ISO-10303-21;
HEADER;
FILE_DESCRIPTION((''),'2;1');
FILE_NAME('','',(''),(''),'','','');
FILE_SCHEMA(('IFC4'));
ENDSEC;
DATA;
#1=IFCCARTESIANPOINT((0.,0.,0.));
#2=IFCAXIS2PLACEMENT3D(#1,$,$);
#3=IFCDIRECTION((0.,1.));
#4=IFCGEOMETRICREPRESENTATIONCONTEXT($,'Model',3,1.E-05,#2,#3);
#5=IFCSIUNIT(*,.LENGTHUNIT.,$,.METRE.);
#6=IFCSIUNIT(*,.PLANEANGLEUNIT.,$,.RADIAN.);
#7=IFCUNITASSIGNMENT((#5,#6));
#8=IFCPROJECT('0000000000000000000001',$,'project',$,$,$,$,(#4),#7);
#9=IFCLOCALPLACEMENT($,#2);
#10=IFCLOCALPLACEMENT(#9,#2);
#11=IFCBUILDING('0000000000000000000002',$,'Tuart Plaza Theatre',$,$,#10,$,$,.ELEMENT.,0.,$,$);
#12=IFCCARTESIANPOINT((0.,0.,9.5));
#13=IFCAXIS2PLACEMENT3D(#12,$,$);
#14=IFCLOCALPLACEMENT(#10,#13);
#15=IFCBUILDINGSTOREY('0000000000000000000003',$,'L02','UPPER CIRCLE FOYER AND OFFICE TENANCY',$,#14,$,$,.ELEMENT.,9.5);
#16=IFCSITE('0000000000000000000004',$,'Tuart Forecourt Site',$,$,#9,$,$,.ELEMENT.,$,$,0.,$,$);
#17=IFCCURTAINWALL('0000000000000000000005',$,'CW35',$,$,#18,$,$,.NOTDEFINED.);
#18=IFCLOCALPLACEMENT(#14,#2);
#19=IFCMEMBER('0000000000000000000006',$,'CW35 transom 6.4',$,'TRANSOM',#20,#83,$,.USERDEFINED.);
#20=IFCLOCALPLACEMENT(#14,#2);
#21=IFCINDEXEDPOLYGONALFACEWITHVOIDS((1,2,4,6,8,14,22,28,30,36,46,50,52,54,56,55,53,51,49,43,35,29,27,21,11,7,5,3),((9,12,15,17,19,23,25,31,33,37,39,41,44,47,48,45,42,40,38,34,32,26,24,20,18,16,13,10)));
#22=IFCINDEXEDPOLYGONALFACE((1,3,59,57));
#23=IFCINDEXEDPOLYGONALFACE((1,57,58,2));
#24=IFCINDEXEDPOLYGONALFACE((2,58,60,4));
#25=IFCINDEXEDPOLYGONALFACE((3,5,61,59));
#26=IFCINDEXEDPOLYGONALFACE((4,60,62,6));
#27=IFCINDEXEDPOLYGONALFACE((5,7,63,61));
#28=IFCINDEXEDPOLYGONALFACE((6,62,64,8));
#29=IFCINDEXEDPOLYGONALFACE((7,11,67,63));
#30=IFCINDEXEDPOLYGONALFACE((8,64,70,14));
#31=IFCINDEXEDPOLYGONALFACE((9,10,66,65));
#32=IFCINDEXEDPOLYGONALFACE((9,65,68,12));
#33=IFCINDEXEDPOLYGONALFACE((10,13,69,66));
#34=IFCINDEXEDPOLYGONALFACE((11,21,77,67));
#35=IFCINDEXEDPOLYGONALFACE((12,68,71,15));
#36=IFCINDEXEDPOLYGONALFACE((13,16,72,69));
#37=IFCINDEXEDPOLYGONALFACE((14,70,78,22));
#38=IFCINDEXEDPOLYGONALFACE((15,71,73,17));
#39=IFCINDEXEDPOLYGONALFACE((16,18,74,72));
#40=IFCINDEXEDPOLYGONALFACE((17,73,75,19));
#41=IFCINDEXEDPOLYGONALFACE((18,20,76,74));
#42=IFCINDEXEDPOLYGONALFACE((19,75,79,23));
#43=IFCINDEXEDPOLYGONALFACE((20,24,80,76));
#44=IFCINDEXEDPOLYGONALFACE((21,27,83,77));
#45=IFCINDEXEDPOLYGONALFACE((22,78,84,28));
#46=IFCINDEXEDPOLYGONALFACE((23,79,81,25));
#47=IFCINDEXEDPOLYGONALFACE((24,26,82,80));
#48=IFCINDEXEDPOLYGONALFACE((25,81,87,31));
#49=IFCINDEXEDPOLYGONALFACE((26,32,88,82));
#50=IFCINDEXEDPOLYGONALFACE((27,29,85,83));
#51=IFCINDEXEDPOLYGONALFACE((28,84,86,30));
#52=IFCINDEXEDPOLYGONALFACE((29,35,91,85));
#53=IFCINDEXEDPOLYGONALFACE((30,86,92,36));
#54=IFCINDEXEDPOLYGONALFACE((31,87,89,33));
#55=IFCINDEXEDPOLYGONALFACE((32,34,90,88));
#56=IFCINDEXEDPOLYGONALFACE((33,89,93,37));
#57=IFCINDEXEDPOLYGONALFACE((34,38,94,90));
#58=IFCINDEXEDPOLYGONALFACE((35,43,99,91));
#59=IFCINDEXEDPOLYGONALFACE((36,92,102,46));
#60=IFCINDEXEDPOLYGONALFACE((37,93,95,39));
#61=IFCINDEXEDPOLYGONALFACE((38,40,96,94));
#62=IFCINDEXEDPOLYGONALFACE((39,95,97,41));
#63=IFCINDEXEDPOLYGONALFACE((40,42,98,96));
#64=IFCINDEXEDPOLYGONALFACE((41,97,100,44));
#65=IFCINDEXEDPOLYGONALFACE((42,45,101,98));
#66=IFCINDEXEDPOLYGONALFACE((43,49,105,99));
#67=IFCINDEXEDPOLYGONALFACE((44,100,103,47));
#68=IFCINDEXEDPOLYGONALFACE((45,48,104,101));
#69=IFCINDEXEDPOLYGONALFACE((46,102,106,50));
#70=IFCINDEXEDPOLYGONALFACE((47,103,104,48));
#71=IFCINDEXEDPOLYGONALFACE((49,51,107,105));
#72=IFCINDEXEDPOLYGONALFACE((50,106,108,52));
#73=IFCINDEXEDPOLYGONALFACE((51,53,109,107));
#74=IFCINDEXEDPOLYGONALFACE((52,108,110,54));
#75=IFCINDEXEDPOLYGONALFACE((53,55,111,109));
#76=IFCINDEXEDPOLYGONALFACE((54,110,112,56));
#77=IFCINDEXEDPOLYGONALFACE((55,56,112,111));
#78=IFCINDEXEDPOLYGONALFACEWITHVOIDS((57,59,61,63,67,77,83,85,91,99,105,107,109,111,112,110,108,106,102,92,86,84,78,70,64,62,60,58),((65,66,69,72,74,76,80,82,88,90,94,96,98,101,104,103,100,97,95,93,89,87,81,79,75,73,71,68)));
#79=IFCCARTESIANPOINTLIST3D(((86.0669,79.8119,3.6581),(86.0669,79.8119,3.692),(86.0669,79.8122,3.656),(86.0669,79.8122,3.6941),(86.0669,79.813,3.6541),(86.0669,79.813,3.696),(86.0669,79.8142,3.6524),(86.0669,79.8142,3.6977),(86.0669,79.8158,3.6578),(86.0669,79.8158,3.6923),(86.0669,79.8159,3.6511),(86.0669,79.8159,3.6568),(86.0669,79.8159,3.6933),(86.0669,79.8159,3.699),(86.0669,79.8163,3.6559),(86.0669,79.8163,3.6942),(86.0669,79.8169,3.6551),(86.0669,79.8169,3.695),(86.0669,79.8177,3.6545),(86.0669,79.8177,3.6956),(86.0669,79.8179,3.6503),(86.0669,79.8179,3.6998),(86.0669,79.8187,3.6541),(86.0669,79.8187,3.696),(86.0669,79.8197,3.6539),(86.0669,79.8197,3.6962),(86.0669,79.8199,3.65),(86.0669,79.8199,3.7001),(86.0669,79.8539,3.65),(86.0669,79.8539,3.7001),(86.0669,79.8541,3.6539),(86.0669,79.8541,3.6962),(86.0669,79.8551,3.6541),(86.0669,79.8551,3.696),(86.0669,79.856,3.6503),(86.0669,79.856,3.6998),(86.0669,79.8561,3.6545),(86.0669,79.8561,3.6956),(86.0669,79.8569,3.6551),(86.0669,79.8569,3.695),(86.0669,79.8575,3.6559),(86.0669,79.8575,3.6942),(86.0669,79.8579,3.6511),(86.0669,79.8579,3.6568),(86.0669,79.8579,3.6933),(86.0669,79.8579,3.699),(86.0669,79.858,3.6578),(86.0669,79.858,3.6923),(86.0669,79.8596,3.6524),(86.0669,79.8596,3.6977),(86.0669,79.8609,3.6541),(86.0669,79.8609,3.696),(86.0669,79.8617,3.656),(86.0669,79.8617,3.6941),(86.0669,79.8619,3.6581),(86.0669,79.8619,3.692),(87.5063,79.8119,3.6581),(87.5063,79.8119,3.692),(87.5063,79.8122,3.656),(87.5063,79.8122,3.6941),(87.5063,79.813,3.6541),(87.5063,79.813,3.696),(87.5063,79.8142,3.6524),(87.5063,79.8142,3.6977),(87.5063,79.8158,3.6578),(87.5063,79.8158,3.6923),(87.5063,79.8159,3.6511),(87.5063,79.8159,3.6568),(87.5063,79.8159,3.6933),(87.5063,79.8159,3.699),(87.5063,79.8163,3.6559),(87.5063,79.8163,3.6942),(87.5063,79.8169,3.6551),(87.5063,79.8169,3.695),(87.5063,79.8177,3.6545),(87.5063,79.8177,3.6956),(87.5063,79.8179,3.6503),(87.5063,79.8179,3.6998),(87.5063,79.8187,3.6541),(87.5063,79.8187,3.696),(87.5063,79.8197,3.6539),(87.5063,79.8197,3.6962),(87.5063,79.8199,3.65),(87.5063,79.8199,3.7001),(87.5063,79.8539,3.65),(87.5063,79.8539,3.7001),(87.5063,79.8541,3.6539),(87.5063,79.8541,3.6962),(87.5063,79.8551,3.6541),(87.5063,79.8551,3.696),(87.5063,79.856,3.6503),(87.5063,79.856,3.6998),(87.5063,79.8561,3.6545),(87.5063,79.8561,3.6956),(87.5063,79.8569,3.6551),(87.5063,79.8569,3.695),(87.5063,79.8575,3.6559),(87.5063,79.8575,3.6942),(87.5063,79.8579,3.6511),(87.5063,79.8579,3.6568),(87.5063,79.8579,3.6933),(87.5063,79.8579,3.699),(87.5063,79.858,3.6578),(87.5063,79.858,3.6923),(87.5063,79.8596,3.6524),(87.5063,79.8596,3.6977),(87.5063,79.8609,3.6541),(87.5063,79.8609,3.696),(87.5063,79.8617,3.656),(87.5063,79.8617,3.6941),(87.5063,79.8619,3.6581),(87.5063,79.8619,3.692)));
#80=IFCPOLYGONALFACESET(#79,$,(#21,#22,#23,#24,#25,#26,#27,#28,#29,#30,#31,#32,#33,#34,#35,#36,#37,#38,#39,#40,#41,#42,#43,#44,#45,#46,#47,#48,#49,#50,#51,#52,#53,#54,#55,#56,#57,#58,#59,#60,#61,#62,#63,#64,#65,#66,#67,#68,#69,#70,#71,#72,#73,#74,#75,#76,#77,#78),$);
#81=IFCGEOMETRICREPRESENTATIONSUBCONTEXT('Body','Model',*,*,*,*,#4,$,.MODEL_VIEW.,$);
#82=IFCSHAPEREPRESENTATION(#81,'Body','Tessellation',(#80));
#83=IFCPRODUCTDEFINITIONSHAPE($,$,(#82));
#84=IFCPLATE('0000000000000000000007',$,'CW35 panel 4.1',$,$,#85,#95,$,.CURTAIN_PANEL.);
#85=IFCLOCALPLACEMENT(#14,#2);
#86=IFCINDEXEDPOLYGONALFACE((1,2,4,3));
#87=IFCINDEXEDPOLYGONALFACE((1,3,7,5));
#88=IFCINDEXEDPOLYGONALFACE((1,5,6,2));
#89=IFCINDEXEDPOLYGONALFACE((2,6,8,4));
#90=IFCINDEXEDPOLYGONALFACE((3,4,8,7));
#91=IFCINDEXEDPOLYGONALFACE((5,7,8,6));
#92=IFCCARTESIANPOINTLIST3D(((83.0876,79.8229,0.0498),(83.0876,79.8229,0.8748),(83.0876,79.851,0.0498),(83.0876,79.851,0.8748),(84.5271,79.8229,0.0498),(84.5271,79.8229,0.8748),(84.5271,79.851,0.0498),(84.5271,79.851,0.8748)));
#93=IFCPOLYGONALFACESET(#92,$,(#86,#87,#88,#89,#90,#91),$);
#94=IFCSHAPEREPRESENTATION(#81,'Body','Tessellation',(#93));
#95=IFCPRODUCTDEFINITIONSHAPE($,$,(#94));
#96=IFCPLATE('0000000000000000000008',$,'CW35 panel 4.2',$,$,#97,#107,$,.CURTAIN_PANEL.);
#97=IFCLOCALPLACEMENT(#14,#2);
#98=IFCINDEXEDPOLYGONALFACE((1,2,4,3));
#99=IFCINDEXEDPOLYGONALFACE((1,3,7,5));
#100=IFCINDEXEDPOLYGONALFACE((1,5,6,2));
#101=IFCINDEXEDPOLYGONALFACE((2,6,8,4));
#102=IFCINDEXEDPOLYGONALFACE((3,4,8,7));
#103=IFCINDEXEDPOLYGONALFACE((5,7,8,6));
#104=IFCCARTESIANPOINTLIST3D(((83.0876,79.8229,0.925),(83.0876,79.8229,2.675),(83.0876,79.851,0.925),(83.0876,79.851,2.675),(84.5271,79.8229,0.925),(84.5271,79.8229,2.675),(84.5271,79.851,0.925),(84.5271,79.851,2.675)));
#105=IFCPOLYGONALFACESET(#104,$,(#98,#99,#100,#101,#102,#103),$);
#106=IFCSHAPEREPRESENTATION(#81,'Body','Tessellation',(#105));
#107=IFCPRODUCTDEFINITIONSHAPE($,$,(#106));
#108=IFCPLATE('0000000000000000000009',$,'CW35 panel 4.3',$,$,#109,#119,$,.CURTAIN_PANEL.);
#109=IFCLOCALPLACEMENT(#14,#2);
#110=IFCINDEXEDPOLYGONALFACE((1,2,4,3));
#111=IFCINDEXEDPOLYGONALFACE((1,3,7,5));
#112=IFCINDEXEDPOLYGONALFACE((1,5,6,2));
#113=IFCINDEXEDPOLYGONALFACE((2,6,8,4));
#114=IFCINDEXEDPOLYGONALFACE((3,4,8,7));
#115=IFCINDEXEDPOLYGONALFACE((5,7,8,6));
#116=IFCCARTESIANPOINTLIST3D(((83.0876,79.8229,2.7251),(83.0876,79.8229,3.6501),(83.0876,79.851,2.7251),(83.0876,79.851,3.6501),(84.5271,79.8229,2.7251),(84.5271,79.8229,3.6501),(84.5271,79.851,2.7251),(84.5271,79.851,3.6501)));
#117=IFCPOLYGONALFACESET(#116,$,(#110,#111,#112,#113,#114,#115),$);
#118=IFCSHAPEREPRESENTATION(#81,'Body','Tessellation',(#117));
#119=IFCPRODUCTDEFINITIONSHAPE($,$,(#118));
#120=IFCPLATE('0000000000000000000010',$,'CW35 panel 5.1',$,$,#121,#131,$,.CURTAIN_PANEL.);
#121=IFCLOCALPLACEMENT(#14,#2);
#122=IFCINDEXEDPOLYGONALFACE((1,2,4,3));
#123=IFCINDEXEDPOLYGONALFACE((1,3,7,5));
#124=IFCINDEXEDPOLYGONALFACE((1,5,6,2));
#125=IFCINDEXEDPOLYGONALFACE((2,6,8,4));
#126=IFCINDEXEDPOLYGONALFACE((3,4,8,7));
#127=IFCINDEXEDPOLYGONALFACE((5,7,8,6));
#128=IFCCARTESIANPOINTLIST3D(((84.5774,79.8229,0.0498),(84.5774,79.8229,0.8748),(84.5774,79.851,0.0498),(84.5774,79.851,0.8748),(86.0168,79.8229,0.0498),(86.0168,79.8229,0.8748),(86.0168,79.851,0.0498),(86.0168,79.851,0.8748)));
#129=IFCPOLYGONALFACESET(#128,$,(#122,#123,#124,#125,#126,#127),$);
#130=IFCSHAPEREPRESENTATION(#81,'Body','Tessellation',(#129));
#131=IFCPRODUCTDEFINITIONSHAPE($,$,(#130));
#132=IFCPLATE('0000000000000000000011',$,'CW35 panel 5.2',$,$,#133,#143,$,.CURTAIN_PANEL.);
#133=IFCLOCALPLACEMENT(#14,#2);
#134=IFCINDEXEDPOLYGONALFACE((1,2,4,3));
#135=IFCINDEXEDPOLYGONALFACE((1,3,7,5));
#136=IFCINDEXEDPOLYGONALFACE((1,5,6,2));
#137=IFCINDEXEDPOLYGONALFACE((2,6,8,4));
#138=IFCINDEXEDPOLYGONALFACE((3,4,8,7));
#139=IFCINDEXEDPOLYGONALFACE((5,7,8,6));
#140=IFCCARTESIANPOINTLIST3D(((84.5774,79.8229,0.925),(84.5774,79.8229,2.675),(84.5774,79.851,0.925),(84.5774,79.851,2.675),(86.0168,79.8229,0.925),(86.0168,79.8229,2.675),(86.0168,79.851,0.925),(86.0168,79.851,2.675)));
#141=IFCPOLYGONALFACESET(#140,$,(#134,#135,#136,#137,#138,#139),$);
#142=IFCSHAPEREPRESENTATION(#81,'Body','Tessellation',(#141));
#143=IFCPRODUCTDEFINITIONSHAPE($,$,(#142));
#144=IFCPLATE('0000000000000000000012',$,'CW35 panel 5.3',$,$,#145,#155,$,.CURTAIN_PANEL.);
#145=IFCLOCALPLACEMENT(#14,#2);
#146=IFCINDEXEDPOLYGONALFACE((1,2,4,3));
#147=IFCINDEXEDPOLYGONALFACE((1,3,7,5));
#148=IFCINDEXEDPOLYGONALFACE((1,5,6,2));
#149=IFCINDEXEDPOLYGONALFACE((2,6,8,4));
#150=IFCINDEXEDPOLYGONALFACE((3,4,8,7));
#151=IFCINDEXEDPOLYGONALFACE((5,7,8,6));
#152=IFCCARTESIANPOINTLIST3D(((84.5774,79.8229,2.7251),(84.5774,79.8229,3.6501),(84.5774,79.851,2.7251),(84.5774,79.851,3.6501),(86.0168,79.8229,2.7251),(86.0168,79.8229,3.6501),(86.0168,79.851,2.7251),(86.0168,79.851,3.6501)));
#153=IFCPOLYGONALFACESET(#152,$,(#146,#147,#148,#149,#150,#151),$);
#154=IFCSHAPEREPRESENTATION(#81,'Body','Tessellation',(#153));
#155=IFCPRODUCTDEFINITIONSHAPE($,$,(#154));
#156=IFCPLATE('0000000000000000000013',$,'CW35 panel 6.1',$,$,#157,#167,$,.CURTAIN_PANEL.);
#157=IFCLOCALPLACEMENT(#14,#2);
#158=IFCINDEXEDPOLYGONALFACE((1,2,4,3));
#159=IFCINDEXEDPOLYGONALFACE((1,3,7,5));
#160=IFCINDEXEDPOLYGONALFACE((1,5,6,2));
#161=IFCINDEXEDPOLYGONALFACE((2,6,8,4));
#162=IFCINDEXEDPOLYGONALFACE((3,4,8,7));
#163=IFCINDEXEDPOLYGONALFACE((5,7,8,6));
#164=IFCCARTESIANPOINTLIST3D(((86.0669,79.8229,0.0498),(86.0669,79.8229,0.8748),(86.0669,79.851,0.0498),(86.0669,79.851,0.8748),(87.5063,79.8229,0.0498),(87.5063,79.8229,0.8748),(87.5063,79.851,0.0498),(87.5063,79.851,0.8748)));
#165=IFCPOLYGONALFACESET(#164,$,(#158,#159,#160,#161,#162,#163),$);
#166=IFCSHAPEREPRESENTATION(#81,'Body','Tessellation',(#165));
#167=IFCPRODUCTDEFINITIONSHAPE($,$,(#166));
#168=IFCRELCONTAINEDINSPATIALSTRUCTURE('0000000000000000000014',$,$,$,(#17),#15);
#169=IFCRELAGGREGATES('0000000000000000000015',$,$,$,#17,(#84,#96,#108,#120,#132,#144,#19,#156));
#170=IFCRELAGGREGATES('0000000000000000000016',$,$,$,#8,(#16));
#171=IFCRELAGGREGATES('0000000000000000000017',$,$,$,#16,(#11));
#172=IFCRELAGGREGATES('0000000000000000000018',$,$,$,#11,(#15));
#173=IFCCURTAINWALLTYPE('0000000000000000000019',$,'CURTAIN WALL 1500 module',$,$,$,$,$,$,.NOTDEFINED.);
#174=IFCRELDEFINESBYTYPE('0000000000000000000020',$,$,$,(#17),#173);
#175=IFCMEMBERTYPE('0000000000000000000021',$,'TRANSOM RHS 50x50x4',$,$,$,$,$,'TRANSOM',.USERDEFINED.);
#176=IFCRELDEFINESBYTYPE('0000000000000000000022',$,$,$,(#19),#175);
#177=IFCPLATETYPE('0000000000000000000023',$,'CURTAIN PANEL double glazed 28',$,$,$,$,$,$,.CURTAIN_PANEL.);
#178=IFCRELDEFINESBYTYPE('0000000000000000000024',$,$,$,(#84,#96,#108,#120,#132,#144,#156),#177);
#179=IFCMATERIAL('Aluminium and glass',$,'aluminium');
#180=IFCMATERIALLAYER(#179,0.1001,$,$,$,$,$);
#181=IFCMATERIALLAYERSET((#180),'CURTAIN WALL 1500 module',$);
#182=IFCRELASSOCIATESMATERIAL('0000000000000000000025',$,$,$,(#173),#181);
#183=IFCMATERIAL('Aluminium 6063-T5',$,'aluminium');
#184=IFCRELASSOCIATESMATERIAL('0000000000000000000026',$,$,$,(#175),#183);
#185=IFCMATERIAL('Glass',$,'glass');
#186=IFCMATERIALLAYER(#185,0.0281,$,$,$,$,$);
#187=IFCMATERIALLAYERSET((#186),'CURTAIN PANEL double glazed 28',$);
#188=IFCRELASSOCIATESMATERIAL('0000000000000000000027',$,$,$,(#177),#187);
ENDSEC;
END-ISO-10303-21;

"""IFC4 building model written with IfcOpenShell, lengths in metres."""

from ifc_helpers import new_model, si_unit, direction, frame, origin, origin_2d, place, context, subcontext, project, spatial, rectangle, hollow_rectangle, extrude, material, layer, layer_set, material_profile, profile_set, type_object, element, aggregate, save


model = new_model("IFC4")

# Units and contexts
model_context = context("Model", 3, precision=1e-05, world=origin(), true_north=direction((0.0, 1.0)))
body_context = subcontext(model_context, "Body", "Model", "MODEL_VIEW")
ifc_project = project(units=[si_unit("LENGTHUNIT", "METRE"), si_unit("PLANEANGLEUNIT", "RADIAN")], contexts=[model_context])

# Site, building, storey
site_placement = place(None, origin())
site = spatial("IfcSite", under=ifc_project, at=site_placement, Name="Tuart Forecourt Site", CompositionType="ELEMENT", RefElevation=0.0)
building_placement = place(site_placement, origin())
building = spatial("IfcBuilding", under=site, at=building_placement, Name="Tuart Plaza Theatre", CompositionType="ELEMENT", ElevationOfRefHeight=0.0)
storey_placement = place(building_placement, frame((0.0, 0.0, 9.5)))
storey = spatial("IfcBuildingStorey", under=building, at=storey_placement, Name="L02", Description="UPPER CIRCLE FOYER AND OFFICE TENANCY", CompositionType="ELEMENT", Elevation=9.5)

# Curtain wall, member, plates
ifc_material_1 = material(Name="Aluminium and glass", Category="aluminium")
ifc_layer_1 = layer(ifc_material_1, 0.1001)
ifc_layer_set_1 = layer_set([ifc_layer_1], Name="CURTAIN WALL 1500 module")
curtain_wall_type = type_object("IfcCurtainWallType", Name="CURTAIN WALL 1500 module", PredefinedType="NOTDEFINED", material=ifc_layer_set_1)
curtain_wall_placement = place(storey_placement, origin())
curtain_wall = element("IfcCurtainWall", 1, at=curtain_wall_placement, inside=storey, type_object=curtain_wall_type, Name="CW35", PredefinedType="NOTDEFINED")
ifc_material_2 = material(Name="Aluminium 6063-T5", Category="aluminium")
ifc_material_profile_1 = material_profile(ifc_material_2, hollow_rectangle(XDim=0.05, YDim=0.05, WallThickness=0.0039, InnerFilletRadius=0.0039, OuterFilletRadius=0.0081, at=origin_2d()), Name="RHS 50x50x4")
ifc_profile_set_1 = profile_set([ifc_material_profile_1], Name="Aluminium 6063-T5")
member_type_1 = type_object("IfcMemberType", Name="TRANSOM RHS 50x50x4", ElementType="TRANSOM", PredefinedType="USERDEFINED", material=ifc_profile_set_1)
member_1_placement = place(storey_placement, frame((86.0669, 79.8369, 3.675), z_axis=(1.0, 0.0, 0.0), x_axis=(0.0, 1.0, 0.0)))
member_1 = element("IfcMember", 2, at=member_1_placement, type_object=member_type_1, Name="CW35 transom 6.4", ObjectType="TRANSOM", PredefinedType="USERDEFINED", context=body_context, shape_type="SweptSolid", body=[
    extrude(hollow_rectangle(XDim=0.05, YDim=0.05, WallThickness=0.0039, InnerFilletRadius=0.0039, OuterFilletRadius=0.0081, at=origin_2d()), origin(), (0.0, 0.0, 1.0), 1.4395),
])
ifc_material_3 = material(Name="Glass", Category="glass")
ifc_layer_2 = layer(ifc_material_3, 0.0281)
ifc_layer_set_2 = layer_set([ifc_layer_2], Name="CURTAIN PANEL double glazed 28")
plate_type = type_object("IfcPlateType", Name="CURTAIN PANEL double glazed 28", PredefinedType="CURTAIN_PANEL", material=ifc_layer_set_2)
plate_1_placement = place(storey_placement, frame((83.8074, 79.8369, 0.0498), z_axis=(0.0, 0.0, 1.0), x_axis=(1.0, 0.0, 0.0)))
plate_1 = element("IfcPlate", 3, at=plate_1_placement, type_object=plate_type, Name="CW35 panel 4.1", PredefinedType="CURTAIN_PANEL", context=body_context, shape_type="SweptSolid", body=[
    extrude(rectangle(XDim=1.4395, YDim=0.0281, at=origin_2d()), origin(), (0.0, 0.0, 1.0), 0.825),
])
plate_2_placement = place(storey_placement, frame((83.8074, 79.8369, 0.925), z_axis=(0.0, 0.0, 1.0), x_axis=(1.0, 0.0, 0.0)))
plate_2 = element("IfcPlate", 4, at=plate_2_placement, type_object=plate_type, Name="CW35 panel 4.2", PredefinedType="CURTAIN_PANEL", context=body_context, shape_type="SweptSolid", body=[
    extrude(rectangle(XDim=1.4395, YDim=0.0281, at=origin_2d()), origin(), (0.0, 0.0, 1.0), 1.75),
])
plate_3_placement = place(storey_placement, frame((83.8074, 79.8369, 2.7251), z_axis=(0.0, 0.0, 1.0), x_axis=(1.0, 0.0, 0.0)))
plate_3 = element("IfcPlate", 5, at=plate_3_placement, type_object=plate_type, Name="CW35 panel 4.3", PredefinedType="CURTAIN_PANEL", context=body_context, shape_type="SweptSolid", body=[
    extrude(rectangle(XDim=1.4395, YDim=0.0281, at=origin_2d()), origin(), (0.0, 0.0, 1.0), 0.925),
])
plate_4_placement = place(storey_placement, frame((85.2971, 79.8369, 0.0498), z_axis=(0.0, 0.0, 1.0), x_axis=(1.0, 0.0, 0.0)))
plate_4 = element("IfcPlate", 6, at=plate_4_placement, type_object=plate_type, Name="CW35 panel 5.1", PredefinedType="CURTAIN_PANEL", context=body_context, shape_type="SweptSolid", body=[
    extrude(rectangle(XDim=1.4395, YDim=0.0281, at=origin_2d()), origin(), (0.0, 0.0, 1.0), 0.825),
])
plate_5_placement = place(storey_placement, frame((85.2971, 79.8369, 0.925), z_axis=(0.0, 0.0, 1.0), x_axis=(1.0, 0.0, 0.0)))
plate_5 = element("IfcPlate", 7, at=plate_5_placement, type_object=plate_type, Name="CW35 panel 5.2", PredefinedType="CURTAIN_PANEL", context=body_context, shape_type="SweptSolid", body=[
    extrude(rectangle(XDim=1.4395, YDim=0.0281, at=origin_2d()), origin(), (0.0, 0.0, 1.0), 1.75),
])
plate_6_placement = place(storey_placement, frame((85.2971, 79.8369, 2.7251), z_axis=(0.0, 0.0, 1.0), x_axis=(1.0, 0.0, 0.0)))
plate_6 = element("IfcPlate", 8, at=plate_6_placement, type_object=plate_type, Name="CW35 panel 5.3", PredefinedType="CURTAIN_PANEL", context=body_context, shape_type="SweptSolid", body=[
    extrude(rectangle(XDim=1.4395, YDim=0.0281, at=origin_2d()), origin(), (0.0, 0.0, 1.0), 0.925),
])
plate_7_placement = place(storey_placement, frame((86.7866, 79.8369, 0.0498), z_axis=(0.0, 0.0, 1.0), x_axis=(1.0, 0.0, 0.0)))
plate_7 = element("IfcPlate", 9, at=plate_7_placement, type_object=plate_type, Name="CW35 panel 6.1", PredefinedType="CURTAIN_PANEL", context=body_context, shape_type="SweptSolid", body=[
    extrude(rectangle(XDim=1.4395, YDim=0.0281, at=origin_2d()), origin(), (0.0, 0.0, 1.0), 0.825),
])
aggregate(curtain_wall, [plate_1, plate_2, plate_3, plate_4, plate_5, plate_6, member_1, plate_7])

save(model, "model.ifc")
